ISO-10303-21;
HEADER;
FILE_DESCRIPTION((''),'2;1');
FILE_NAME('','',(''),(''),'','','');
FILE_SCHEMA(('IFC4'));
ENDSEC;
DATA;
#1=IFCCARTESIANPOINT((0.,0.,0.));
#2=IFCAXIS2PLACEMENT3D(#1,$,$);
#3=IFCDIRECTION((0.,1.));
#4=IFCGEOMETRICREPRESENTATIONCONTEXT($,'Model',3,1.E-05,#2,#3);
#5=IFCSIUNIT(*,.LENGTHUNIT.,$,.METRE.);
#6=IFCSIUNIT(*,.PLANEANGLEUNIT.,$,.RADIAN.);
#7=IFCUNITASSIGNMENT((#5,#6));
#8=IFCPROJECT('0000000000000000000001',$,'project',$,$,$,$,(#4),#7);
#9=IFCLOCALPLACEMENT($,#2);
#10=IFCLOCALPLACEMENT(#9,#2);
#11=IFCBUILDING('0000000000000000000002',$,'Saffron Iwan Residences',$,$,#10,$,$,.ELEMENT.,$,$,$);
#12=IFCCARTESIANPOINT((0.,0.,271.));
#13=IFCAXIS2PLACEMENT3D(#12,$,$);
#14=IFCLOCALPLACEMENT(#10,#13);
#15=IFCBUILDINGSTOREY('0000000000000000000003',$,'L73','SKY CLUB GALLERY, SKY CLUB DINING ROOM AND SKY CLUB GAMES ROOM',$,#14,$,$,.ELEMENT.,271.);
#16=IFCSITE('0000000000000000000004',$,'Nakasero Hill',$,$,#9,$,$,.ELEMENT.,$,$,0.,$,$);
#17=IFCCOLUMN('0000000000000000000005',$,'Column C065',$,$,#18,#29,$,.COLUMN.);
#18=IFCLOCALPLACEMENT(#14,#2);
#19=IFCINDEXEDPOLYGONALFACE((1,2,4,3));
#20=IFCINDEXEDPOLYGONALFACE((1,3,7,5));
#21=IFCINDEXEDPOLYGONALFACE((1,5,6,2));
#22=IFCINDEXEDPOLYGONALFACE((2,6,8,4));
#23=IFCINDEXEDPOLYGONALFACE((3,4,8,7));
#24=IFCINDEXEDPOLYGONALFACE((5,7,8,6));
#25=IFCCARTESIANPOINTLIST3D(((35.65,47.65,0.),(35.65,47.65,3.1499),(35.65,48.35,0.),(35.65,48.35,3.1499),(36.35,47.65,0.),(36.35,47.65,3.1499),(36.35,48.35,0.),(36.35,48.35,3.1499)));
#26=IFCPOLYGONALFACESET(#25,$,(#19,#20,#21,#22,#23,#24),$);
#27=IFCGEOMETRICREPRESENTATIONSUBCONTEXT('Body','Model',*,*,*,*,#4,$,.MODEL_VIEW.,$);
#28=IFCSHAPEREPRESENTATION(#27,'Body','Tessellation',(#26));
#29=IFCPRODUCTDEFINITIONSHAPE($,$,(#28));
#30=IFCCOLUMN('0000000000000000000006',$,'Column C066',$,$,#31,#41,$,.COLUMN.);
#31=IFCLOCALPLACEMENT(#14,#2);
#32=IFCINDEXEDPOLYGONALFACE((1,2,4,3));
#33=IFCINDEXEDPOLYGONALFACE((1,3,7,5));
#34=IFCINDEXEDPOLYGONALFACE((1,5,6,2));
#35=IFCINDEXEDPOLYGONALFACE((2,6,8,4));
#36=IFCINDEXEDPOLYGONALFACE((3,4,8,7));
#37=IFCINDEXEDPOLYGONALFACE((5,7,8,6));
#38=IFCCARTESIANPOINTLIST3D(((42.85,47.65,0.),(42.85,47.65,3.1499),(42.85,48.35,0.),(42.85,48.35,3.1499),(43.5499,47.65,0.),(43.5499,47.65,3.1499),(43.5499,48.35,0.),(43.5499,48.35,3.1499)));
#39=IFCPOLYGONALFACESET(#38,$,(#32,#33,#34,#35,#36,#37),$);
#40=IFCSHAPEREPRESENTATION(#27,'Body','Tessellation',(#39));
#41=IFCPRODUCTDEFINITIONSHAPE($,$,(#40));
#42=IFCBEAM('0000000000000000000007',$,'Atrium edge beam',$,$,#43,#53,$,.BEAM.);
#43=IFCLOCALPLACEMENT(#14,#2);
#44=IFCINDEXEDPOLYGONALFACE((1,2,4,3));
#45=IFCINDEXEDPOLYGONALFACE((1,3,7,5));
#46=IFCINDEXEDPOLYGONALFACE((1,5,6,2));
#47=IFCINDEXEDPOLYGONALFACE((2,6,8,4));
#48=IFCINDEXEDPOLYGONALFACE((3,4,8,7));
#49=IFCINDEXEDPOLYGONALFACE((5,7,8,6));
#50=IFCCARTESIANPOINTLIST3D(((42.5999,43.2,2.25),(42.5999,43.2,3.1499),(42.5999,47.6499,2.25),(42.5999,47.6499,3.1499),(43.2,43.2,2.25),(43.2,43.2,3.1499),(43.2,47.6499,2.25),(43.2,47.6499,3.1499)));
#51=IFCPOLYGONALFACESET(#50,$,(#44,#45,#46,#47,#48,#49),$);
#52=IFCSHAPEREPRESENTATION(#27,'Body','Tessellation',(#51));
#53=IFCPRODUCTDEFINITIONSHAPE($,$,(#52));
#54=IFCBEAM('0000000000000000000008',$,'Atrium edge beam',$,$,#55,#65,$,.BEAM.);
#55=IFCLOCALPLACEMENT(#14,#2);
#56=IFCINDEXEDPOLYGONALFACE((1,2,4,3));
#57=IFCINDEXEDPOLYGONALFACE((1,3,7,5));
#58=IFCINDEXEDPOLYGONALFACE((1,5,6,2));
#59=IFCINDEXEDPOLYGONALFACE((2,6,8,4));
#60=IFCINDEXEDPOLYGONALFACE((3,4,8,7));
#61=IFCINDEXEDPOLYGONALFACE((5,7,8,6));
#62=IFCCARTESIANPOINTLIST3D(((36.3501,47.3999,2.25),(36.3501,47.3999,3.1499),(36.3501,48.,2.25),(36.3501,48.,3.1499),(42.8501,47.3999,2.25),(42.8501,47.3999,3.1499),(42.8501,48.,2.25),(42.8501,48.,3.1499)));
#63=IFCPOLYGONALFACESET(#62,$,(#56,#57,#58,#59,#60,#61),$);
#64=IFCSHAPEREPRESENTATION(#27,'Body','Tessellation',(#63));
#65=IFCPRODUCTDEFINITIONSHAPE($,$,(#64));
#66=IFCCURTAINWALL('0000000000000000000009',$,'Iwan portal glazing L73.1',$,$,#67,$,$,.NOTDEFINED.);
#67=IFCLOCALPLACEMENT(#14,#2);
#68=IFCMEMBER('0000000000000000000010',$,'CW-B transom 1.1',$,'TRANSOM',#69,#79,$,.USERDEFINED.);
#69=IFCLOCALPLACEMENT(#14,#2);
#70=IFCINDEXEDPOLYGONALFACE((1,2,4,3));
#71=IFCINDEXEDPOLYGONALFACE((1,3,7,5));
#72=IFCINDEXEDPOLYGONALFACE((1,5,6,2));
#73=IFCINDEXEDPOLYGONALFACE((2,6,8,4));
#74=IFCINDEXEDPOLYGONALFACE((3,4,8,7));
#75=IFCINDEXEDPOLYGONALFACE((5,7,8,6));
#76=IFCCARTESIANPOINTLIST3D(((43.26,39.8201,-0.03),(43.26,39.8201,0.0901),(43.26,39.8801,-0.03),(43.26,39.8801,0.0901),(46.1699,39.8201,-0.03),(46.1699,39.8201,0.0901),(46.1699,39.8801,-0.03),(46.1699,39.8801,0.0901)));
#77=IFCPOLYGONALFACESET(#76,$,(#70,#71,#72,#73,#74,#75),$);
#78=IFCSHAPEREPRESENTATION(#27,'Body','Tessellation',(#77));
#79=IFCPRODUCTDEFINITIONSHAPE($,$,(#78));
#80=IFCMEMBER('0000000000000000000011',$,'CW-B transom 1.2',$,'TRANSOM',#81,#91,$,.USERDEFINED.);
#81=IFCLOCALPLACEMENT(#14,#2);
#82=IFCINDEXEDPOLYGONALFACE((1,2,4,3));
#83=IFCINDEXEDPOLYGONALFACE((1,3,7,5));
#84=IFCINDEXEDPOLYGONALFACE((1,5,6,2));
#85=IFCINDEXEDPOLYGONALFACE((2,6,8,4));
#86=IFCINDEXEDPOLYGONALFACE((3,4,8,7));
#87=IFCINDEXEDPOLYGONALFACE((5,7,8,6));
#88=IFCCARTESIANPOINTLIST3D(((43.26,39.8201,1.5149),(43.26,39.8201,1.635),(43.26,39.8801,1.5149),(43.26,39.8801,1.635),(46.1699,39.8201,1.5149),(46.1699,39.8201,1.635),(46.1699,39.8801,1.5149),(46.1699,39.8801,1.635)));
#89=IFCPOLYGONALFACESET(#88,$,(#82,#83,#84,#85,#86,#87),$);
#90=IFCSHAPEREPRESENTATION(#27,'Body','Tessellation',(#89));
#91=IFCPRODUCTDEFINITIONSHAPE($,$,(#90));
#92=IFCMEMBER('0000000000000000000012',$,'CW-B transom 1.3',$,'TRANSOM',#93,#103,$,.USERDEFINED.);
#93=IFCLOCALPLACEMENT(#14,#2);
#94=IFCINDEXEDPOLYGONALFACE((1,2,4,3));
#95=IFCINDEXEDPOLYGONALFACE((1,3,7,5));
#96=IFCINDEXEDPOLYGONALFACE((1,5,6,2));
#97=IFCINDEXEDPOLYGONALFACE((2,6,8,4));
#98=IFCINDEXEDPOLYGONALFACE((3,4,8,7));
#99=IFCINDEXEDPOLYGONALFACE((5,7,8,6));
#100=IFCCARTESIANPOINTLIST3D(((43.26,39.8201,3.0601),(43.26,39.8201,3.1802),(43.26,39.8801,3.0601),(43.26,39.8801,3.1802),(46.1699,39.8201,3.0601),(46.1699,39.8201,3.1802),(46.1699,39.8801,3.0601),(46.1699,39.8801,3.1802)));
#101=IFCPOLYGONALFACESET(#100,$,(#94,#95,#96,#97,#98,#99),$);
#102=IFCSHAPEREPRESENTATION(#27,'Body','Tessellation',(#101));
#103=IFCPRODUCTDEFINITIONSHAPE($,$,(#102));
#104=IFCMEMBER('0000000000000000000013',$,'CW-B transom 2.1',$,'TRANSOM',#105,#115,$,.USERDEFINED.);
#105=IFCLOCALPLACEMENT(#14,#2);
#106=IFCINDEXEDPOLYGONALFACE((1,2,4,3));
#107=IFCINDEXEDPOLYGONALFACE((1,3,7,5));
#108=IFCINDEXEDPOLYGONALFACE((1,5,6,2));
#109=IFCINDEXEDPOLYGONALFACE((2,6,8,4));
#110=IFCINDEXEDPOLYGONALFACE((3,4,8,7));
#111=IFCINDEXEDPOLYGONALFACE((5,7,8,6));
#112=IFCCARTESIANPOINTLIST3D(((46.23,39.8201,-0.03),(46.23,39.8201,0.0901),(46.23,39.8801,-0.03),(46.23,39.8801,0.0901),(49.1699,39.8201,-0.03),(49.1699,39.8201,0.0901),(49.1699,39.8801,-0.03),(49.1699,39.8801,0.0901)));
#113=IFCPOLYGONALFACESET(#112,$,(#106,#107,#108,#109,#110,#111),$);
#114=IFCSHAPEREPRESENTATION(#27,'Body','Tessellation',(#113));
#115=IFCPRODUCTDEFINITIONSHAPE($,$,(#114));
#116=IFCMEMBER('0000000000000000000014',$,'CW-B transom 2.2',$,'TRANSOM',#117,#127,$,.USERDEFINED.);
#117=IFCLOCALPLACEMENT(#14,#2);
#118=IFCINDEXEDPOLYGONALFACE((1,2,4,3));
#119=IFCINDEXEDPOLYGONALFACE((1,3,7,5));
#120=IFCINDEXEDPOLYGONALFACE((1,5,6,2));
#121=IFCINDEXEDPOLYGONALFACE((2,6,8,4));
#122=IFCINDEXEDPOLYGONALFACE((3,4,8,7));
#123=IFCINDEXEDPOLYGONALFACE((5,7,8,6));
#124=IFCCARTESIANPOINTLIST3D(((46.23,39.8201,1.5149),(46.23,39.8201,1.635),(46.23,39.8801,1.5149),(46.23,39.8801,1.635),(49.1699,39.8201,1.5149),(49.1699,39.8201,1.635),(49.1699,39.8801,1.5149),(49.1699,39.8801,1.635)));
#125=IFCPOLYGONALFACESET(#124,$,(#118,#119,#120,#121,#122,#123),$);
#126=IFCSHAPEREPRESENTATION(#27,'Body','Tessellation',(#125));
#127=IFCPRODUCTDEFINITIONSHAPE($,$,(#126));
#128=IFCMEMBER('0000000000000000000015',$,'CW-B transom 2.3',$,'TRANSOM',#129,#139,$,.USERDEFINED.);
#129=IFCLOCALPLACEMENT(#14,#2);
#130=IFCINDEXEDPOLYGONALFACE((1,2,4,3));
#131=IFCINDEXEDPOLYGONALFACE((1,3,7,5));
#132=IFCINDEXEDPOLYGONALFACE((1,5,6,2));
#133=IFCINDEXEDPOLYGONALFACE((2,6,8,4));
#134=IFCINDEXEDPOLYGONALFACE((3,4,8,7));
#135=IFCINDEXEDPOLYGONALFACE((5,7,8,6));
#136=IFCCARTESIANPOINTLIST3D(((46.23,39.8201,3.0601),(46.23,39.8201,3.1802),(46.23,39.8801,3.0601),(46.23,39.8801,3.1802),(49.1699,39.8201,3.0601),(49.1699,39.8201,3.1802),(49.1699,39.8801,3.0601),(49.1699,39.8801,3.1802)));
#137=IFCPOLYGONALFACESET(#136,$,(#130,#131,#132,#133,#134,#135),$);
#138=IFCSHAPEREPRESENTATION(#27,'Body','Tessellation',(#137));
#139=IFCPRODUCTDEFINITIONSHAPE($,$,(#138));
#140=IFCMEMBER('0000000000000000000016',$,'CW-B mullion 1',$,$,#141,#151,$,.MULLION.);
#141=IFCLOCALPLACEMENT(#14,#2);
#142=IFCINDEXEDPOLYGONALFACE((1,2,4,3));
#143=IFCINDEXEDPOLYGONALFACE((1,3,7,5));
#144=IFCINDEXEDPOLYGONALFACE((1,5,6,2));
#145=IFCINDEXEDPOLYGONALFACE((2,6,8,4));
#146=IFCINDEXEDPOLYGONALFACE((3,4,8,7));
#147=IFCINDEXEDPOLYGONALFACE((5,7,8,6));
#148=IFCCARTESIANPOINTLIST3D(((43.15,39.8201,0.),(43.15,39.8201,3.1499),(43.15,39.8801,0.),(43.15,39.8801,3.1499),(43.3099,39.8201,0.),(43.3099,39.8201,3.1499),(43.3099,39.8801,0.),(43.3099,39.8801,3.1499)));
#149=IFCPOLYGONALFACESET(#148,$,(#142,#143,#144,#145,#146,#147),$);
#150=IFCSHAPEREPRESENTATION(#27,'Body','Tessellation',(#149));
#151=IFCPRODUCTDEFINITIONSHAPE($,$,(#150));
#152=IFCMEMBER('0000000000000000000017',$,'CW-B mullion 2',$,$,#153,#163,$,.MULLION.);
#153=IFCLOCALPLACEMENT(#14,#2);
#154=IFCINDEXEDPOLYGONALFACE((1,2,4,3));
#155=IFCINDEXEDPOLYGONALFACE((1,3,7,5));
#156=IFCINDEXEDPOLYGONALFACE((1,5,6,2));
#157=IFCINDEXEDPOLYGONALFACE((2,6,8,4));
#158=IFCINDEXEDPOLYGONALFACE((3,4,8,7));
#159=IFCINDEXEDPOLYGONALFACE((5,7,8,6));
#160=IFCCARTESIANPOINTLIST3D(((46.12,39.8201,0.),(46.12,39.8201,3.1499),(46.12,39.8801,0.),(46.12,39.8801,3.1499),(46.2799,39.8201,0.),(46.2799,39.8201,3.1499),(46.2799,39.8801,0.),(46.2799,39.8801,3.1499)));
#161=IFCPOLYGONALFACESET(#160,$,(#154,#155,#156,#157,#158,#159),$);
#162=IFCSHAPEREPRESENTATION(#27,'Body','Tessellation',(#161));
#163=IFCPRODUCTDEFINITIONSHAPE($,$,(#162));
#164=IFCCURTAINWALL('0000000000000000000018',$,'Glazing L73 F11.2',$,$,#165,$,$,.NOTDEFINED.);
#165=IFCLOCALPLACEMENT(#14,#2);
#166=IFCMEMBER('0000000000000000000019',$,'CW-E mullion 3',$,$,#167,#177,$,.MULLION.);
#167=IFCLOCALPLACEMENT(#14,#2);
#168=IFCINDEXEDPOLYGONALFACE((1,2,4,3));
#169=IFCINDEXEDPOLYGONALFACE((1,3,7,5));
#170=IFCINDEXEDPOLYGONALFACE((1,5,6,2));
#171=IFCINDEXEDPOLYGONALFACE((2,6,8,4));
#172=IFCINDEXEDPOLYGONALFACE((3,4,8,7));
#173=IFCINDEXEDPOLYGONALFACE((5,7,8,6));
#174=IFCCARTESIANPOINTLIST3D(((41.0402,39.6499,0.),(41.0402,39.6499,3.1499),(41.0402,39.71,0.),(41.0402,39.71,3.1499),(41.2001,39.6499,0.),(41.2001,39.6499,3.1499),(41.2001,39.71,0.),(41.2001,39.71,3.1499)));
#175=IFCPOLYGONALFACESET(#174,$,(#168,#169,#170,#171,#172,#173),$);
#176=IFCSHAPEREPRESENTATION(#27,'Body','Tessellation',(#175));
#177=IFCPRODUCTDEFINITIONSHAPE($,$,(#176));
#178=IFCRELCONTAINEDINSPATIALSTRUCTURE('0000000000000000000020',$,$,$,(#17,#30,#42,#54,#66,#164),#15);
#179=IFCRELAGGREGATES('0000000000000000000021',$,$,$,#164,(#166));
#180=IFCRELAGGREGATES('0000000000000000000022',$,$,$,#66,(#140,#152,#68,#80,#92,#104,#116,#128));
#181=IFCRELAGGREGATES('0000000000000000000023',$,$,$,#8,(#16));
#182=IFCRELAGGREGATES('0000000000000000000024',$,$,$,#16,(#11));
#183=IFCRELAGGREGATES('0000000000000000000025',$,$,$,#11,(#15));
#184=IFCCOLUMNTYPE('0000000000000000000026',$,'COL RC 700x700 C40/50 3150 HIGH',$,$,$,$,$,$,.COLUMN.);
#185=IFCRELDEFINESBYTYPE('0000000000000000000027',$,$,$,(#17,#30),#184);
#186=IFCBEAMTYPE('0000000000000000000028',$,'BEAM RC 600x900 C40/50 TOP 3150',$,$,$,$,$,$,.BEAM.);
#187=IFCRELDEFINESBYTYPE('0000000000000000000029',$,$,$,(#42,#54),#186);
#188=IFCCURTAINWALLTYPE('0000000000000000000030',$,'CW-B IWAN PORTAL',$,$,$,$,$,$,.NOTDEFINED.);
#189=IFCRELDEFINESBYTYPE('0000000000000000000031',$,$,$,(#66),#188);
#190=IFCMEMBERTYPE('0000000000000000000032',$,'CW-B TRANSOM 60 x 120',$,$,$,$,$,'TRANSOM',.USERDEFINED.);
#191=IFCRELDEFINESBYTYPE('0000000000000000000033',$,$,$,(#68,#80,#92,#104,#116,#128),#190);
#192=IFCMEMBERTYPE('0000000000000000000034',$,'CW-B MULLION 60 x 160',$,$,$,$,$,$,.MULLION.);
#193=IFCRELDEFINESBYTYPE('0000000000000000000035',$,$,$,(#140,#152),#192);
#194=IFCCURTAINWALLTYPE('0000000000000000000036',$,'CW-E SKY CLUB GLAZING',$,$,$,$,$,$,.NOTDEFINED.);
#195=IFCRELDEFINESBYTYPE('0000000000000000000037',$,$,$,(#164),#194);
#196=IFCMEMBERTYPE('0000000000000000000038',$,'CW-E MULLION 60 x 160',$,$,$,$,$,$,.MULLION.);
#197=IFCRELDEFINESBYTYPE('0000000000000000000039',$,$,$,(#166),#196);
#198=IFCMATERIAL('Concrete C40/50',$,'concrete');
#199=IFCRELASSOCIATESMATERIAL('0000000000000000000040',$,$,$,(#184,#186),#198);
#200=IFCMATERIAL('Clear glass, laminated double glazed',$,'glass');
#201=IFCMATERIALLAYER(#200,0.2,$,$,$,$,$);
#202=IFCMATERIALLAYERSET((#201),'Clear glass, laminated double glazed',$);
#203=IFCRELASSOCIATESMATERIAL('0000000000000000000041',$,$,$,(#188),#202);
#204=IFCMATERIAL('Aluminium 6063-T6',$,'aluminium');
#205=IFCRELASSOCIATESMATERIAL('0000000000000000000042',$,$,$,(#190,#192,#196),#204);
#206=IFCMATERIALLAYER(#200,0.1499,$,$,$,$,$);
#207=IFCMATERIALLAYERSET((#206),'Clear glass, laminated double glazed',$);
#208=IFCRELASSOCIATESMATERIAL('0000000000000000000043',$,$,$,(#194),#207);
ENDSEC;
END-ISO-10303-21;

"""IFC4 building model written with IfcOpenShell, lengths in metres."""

from ifc_helpers import new_model, si_unit, direction, frame, origin, origin_2d, place, context, subcontext, project, spatial, rectangle, extrude, source, transform, mapped, material, layer, layer_set, material_profile, profile_set, type_object, element, aggregate, save


model = new_model("IFC4")

# Units and contexts
model_context = context("Model", 3, precision=1e-05, world=origin(), true_north=direction((0.0, 1.0)))
body_context = subcontext(model_context, "Body", "Model", "MODEL_VIEW")
ifc_project = project(units=[si_unit("LENGTHUNIT", "METRE"), si_unit("PLANEANGLEUNIT", "RADIAN")], contexts=[model_context])

# Site, building, storey
site_placement = place(None, origin())
site = spatial("IfcSite", under=ifc_project, at=site_placement, Name="Nakasero Hill", CompositionType="ELEMENT", RefElevation=0.0)
building_placement = place(site_placement, origin())
building = spatial("IfcBuilding", under=site, at=building_placement, Name="Saffron Iwan Residences", CompositionType="ELEMENT")
storey_placement = place(building_placement, frame((0.0, 0.0, 271.0)))
storey = spatial("IfcBuildingStorey", under=building, at=storey_placement, Name="L73", Description="SKY CLUB GALLERY, SKY CLUB DINING ROOM AND SKY CLUB GAMES ROOM", CompositionType="ELEMENT", Elevation=271.0)

# Columns
ifc_material_1 = material(Name="Concrete C40/50", Category="concrete")
ifc_material_profile_1 = material_profile(ifc_material_1, rectangle(XDim=0.7, YDim=0.7, at=origin_2d()), Name="RC 700x700")
ifc_profile_set_1 = profile_set([ifc_material_profile_1], Name="Concrete C40/50")
column_type = type_object("IfcColumnType", Name="COL RC 700x700 C40/50 3150 HIGH", PredefinedType="COLUMN", material=ifc_profile_set_1)
shared_shape_1 = source(origin(), body_context, "Body", "SweptSolid", [
    extrude(rectangle(XDim=0.7, YDim=0.7, at=origin_2d()), origin(), (0.0, 0.0, 1.0), 3.1499),
])
for number, where, z_axis, x_axis, name in (
    (1, (36.0, 48.0, 0.0), (0.0, 0.0, 1.0), (1.0, 0.0, 0.0), "Column C065"),
    (2, (43.2, 48.0, 0.0), (0.0, 0.0, 1.0), (1.0, 0.0, 0.0), "Column C066"),
):
    element("IfcColumn", number, at=place(storey_placement, frame(where, z_axis=z_axis, x_axis=x_axis)), inside=storey, type_object=column_type, Name=name, PredefinedType="COLUMN", context=body_context, shape_type="MappedRepresentation", body=[
        mapped(shared_shape_1, transform((0.0, 0.0, 0.0))),
    ])

# Beams
ifc_material_profile_2 = material_profile(ifc_material_1, rectangle(XDim=0.6001, YDim=0.8999, at=origin_2d()), Name="RC 600x900")
ifc_profile_set_2 = profile_set([ifc_material_profile_2], Name="Concrete C40/50")
beam_type = type_object("IfcBeamType", Name="BEAM RC 600x900 C40/50 TOP 3150", PredefinedType="BEAM", material=ifc_profile_set_2)
shared_shape_2 = source(origin(), body_context, "Body", "SweptSolid", [
    extrude(rectangle(XDim=0.6001, YDim=0.8999, at=origin_2d()), origin(), (0.0, 0.0, 1.0), 4.45),
])
beam_1_placement = place(storey_placement, frame((42.8999, 43.2, 2.7), z_axis=(0.0, 1.0, 0.0), x_axis=(-1.0, 0.0, 0.0)))
element("IfcBeam", 3, at=beam_1_placement, inside=storey, type_object=beam_type, Name="Atrium edge beam", PredefinedType="BEAM", context=body_context, shape_type="MappedRepresentation", body=[
    mapped(shared_shape_2, transform((0.0, 0.0, 0.0))),
])
shared_shape_3 = source(origin(), body_context, "Body", "SweptSolid", [
    extrude(rectangle(XDim=0.6001, YDim=0.8999, at=origin_2d()), origin(), (0.0, 0.0, 1.0), 6.5),
])
beam_2_placement = place(storey_placement, frame((42.8501, 47.7, 2.7), z_axis=(-1.0, 0.0, 0.0), x_axis=(0.0, -1.0, 0.0)))
element("IfcBeam", 4, at=beam_2_placement, inside=storey, type_object=beam_type, Name="Atrium edge beam", PredefinedType="BEAM", context=body_context, shape_type="MappedRepresentation", body=[
    mapped(shared_shape_3, transform((0.0, 0.0, 0.0))),
])

# Curtain wall, members
ifc_material_2 = material(Name="Clear glass, laminated double glazed", Category="glass")
ifc_layer_1 = layer(ifc_material_2, 0.2)
ifc_layer_set_1 = layer_set([ifc_layer_1], Name="Clear glass, laminated double glazed")
curtain_wall_type_1 = type_object("IfcCurtainWallType", Name="CW-B IWAN PORTAL", PredefinedType="NOTDEFINED", material=ifc_layer_set_1)
curtain_wall_1_placement = place(storey_placement, origin())
curtain_wall_1 = element("IfcCurtainWall", 5, at=curtain_wall_1_placement, inside=storey, type_object=curtain_wall_type_1, Name="Iwan portal glazing L73.1", PredefinedType="NOTDEFINED")
ifc_material_3 = material(Name="Aluminium 6063-T6", Category="aluminium")
ifc_material_profile_3 = material_profile(ifc_material_3, rectangle(XDim=0.0601, YDim=0.1201, at=origin_2d()), Name="CW-B TRANSOM 60 x 120")
ifc_profile_set_3 = profile_set([ifc_material_profile_3], Name="Aluminium 6063-T6")
member_type_1 = type_object("IfcMemberType", Name="CW-B TRANSOM 60 x 120", ElementType="TRANSOM", PredefinedType="USERDEFINED", material=ifc_profile_set_3)
shared_shape_4 = source(origin(), body_context, "Body", "SweptSolid", [
    extrude(rectangle(XDim=0.0601, YDim=0.1201, at=origin_2d()), origin(), (0.0, 0.0, 1.0), 2.9099),
])
member_1_placement = place(storey_placement, frame((43.26, 39.8501, 0.03), z_axis=(1.0, 0.0, 0.0), x_axis=(0.0, 1.0, 0.0)))
member_1 = element("IfcMember", 6, at=member_1_placement, type_object=member_type_1, Name="CW-B transom 1.1", ObjectType="TRANSOM", PredefinedType="USERDEFINED", context=body_context, shape_type="MappedRepresentation", body=[
    mapped(shared_shape_4, transform((0.0, 0.0, 0.0))),
])
member_2_placement = place(storey_placement, frame((43.26, 39.8501, 1.575), z_axis=(1.0, 0.0, 0.0), x_axis=(0.0, 1.0, 0.0)))
member_2 = element("IfcMember", 7, at=member_2_placement, type_object=member_type_1, Name="CW-B transom 1.2", ObjectType="TRANSOM", PredefinedType="USERDEFINED", context=body_context, shape_type="MappedRepresentation", body=[
    mapped(shared_shape_4, transform((0.0, 0.0, 0.0))),
])
member_3_placement = place(storey_placement, frame((43.26, 39.8501, 3.1201), z_axis=(1.0, 0.0, 0.0), x_axis=(0.0, 1.0, 0.0)))
member_3 = element("IfcMember", 8, at=member_3_placement, type_object=member_type_1, Name="CW-B transom 1.3", ObjectType="TRANSOM", PredefinedType="USERDEFINED", context=body_context, shape_type="MappedRepresentation", body=[
    mapped(shared_shape_4, transform((0.0, 0.0, 0.0))),
])
shared_shape_5 = source(origin(), body_context, "Body", "SweptSolid", [
    extrude(rectangle(XDim=0.0601, YDim=0.1201, at=origin_2d()), origin(), (0.0, 0.0, 1.0), 2.9399),
])
member_4_placement = place(storey_placement, frame((46.23, 39.8501, 0.03), z_axis=(1.0, 0.0, 0.0), x_axis=(0.0, 1.0, 0.0)))
member_4 = element("IfcMember", 9, at=member_4_placement, type_object=member_type_1, Name="CW-B transom 2.1", ObjectType="TRANSOM", PredefinedType="USERDEFINED", context=body_context, shape_type="MappedRepresentation", body=[
    mapped(shared_shape_5, transform((0.0, 0.0, 0.0))),
])
member_5_placement = place(storey_placement, frame((46.23, 39.8501, 1.575), z_axis=(1.0, 0.0, 0.0), x_axis=(0.0, 1.0, 0.0)))
member_5 = element("IfcMember", 10, at=member_5_placement, type_object=member_type_1, Name="CW-B transom 2.2", ObjectType="TRANSOM", PredefinedType="USERDEFINED", context=body_context, shape_type="MappedRepresentation", body=[
    mapped(shared_shape_5, transform((0.0, 0.0, 0.0))),
])
member_6_placement = place(storey_placement, frame((46.23, 39.8501, 3.1201), z_axis=(1.0, 0.0, 0.0), x_axis=(0.0, 1.0, 0.0)))
member_6 = element("IfcMember", 11, at=member_6_placement, type_object=member_type_1, Name="CW-B transom 2.3", ObjectType="TRANSOM", PredefinedType="USERDEFINED", context=body_context, shape_type="MappedRepresentation", body=[
    mapped(shared_shape_5, transform((0.0, 0.0, 0.0))),
])
ifc_material_profile_4 = material_profile(ifc_material_3, rectangle(XDim=0.0601, YDim=0.1599, at=origin_2d()), Name="CW-B MULLION 60 x 160")
ifc_profile_set_4 = profile_set([ifc_material_profile_4], Name="Aluminium 6063-T6")
member_type_2 = type_object("IfcMemberType", Name="CW-B MULLION 60 x 160", PredefinedType="MULLION", material=ifc_profile_set_4)
shared_shape_6 = source(origin(), body_context, "Body", "SweptSolid", [
    extrude(rectangle(XDim=0.0601, YDim=0.1599, at=origin_2d()), origin(), (0.0, 0.0, 1.0), 3.1499),
])
member_7_placement = place(storey_placement, frame((43.23, 39.8501, 0.0), z_axis=(0.0, 0.0, 1.0), x_axis=(0.0, 1.0, 0.0)))
member_7 = element("IfcMember", 12, at=member_7_placement, type_object=member_type_2, Name="CW-B mullion 1", PredefinedType="MULLION", context=body_context, shape_type="MappedRepresentation", body=[
    mapped(shared_shape_6, transform((0.0, 0.0, 0.0))),
])
member_8_placement = place(storey_placement, frame((46.2, 39.8501, 0.0), z_axis=(0.0, 0.0, 1.0), x_axis=(0.0, 1.0, 0.0)))
member_8 = element("IfcMember", 13, at=member_8_placement, type_object=member_type_2, Name="CW-B mullion 2", PredefinedType="MULLION", context=body_context, shape_type="MappedRepresentation", body=[
    mapped(shared_shape_6, transform((0.0, 0.0, 0.0))),
])

# Curtain wall, member
ifc_layer_2 = layer(ifc_material_2, 0.1499)
ifc_layer_set_2 = layer_set([ifc_layer_2], Name="Clear glass, laminated double glazed")
curtain_wall_type_2 = type_object("IfcCurtainWallType", Name="CW-E SKY CLUB GLAZING", PredefinedType="NOTDEFINED", material=ifc_layer_set_2)
curtain_wall_2_placement = place(storey_placement, origin())
curtain_wall_2 = element("IfcCurtainWall", 14, at=curtain_wall_2_placement, inside=storey, type_object=curtain_wall_type_2, Name="Glazing L73 F11.2", PredefinedType="NOTDEFINED")
ifc_material_profile_5 = material_profile(ifc_material_3, rectangle(XDim=0.0601, YDim=0.1599, at=origin_2d()), Name="CW-E MULLION 60 x 160")
ifc_profile_set_5 = profile_set([ifc_material_profile_5], Name="Aluminium 6063-T6")
member_type_3 = type_object("IfcMemberType", Name="CW-E MULLION 60 x 160", PredefinedType="MULLION", material=ifc_profile_set_5)
shared_shape_7 = source(origin(), body_context, "Body", "SweptSolid", [
    extrude(rectangle(XDim=0.0601, YDim=0.1599, at=origin_2d()), origin(), (0.0, 0.0, 1.0), 3.1499),
])
member_9_placement = place(storey_placement, frame((41.1201, 39.6799, 0.0), z_axis=(0.0, 0.0, 1.0), x_axis=(0.0, 1.0, 0.0)))
member_9 = element("IfcMember", 15, at=member_9_placement, type_object=member_type_3, Name="CW-E mullion 3", PredefinedType="MULLION", context=body_context, shape_type="MappedRepresentation", body=[
    mapped(shared_shape_7, transform((0.0, 0.0, 0.0))),
])
aggregate(curtain_wall_2, [member_9])

aggregate(curtain_wall_1, [member_7, member_8, member_1, member_2, member_3, member_4, member_5, member_6])

save(model, "model.ifc")
